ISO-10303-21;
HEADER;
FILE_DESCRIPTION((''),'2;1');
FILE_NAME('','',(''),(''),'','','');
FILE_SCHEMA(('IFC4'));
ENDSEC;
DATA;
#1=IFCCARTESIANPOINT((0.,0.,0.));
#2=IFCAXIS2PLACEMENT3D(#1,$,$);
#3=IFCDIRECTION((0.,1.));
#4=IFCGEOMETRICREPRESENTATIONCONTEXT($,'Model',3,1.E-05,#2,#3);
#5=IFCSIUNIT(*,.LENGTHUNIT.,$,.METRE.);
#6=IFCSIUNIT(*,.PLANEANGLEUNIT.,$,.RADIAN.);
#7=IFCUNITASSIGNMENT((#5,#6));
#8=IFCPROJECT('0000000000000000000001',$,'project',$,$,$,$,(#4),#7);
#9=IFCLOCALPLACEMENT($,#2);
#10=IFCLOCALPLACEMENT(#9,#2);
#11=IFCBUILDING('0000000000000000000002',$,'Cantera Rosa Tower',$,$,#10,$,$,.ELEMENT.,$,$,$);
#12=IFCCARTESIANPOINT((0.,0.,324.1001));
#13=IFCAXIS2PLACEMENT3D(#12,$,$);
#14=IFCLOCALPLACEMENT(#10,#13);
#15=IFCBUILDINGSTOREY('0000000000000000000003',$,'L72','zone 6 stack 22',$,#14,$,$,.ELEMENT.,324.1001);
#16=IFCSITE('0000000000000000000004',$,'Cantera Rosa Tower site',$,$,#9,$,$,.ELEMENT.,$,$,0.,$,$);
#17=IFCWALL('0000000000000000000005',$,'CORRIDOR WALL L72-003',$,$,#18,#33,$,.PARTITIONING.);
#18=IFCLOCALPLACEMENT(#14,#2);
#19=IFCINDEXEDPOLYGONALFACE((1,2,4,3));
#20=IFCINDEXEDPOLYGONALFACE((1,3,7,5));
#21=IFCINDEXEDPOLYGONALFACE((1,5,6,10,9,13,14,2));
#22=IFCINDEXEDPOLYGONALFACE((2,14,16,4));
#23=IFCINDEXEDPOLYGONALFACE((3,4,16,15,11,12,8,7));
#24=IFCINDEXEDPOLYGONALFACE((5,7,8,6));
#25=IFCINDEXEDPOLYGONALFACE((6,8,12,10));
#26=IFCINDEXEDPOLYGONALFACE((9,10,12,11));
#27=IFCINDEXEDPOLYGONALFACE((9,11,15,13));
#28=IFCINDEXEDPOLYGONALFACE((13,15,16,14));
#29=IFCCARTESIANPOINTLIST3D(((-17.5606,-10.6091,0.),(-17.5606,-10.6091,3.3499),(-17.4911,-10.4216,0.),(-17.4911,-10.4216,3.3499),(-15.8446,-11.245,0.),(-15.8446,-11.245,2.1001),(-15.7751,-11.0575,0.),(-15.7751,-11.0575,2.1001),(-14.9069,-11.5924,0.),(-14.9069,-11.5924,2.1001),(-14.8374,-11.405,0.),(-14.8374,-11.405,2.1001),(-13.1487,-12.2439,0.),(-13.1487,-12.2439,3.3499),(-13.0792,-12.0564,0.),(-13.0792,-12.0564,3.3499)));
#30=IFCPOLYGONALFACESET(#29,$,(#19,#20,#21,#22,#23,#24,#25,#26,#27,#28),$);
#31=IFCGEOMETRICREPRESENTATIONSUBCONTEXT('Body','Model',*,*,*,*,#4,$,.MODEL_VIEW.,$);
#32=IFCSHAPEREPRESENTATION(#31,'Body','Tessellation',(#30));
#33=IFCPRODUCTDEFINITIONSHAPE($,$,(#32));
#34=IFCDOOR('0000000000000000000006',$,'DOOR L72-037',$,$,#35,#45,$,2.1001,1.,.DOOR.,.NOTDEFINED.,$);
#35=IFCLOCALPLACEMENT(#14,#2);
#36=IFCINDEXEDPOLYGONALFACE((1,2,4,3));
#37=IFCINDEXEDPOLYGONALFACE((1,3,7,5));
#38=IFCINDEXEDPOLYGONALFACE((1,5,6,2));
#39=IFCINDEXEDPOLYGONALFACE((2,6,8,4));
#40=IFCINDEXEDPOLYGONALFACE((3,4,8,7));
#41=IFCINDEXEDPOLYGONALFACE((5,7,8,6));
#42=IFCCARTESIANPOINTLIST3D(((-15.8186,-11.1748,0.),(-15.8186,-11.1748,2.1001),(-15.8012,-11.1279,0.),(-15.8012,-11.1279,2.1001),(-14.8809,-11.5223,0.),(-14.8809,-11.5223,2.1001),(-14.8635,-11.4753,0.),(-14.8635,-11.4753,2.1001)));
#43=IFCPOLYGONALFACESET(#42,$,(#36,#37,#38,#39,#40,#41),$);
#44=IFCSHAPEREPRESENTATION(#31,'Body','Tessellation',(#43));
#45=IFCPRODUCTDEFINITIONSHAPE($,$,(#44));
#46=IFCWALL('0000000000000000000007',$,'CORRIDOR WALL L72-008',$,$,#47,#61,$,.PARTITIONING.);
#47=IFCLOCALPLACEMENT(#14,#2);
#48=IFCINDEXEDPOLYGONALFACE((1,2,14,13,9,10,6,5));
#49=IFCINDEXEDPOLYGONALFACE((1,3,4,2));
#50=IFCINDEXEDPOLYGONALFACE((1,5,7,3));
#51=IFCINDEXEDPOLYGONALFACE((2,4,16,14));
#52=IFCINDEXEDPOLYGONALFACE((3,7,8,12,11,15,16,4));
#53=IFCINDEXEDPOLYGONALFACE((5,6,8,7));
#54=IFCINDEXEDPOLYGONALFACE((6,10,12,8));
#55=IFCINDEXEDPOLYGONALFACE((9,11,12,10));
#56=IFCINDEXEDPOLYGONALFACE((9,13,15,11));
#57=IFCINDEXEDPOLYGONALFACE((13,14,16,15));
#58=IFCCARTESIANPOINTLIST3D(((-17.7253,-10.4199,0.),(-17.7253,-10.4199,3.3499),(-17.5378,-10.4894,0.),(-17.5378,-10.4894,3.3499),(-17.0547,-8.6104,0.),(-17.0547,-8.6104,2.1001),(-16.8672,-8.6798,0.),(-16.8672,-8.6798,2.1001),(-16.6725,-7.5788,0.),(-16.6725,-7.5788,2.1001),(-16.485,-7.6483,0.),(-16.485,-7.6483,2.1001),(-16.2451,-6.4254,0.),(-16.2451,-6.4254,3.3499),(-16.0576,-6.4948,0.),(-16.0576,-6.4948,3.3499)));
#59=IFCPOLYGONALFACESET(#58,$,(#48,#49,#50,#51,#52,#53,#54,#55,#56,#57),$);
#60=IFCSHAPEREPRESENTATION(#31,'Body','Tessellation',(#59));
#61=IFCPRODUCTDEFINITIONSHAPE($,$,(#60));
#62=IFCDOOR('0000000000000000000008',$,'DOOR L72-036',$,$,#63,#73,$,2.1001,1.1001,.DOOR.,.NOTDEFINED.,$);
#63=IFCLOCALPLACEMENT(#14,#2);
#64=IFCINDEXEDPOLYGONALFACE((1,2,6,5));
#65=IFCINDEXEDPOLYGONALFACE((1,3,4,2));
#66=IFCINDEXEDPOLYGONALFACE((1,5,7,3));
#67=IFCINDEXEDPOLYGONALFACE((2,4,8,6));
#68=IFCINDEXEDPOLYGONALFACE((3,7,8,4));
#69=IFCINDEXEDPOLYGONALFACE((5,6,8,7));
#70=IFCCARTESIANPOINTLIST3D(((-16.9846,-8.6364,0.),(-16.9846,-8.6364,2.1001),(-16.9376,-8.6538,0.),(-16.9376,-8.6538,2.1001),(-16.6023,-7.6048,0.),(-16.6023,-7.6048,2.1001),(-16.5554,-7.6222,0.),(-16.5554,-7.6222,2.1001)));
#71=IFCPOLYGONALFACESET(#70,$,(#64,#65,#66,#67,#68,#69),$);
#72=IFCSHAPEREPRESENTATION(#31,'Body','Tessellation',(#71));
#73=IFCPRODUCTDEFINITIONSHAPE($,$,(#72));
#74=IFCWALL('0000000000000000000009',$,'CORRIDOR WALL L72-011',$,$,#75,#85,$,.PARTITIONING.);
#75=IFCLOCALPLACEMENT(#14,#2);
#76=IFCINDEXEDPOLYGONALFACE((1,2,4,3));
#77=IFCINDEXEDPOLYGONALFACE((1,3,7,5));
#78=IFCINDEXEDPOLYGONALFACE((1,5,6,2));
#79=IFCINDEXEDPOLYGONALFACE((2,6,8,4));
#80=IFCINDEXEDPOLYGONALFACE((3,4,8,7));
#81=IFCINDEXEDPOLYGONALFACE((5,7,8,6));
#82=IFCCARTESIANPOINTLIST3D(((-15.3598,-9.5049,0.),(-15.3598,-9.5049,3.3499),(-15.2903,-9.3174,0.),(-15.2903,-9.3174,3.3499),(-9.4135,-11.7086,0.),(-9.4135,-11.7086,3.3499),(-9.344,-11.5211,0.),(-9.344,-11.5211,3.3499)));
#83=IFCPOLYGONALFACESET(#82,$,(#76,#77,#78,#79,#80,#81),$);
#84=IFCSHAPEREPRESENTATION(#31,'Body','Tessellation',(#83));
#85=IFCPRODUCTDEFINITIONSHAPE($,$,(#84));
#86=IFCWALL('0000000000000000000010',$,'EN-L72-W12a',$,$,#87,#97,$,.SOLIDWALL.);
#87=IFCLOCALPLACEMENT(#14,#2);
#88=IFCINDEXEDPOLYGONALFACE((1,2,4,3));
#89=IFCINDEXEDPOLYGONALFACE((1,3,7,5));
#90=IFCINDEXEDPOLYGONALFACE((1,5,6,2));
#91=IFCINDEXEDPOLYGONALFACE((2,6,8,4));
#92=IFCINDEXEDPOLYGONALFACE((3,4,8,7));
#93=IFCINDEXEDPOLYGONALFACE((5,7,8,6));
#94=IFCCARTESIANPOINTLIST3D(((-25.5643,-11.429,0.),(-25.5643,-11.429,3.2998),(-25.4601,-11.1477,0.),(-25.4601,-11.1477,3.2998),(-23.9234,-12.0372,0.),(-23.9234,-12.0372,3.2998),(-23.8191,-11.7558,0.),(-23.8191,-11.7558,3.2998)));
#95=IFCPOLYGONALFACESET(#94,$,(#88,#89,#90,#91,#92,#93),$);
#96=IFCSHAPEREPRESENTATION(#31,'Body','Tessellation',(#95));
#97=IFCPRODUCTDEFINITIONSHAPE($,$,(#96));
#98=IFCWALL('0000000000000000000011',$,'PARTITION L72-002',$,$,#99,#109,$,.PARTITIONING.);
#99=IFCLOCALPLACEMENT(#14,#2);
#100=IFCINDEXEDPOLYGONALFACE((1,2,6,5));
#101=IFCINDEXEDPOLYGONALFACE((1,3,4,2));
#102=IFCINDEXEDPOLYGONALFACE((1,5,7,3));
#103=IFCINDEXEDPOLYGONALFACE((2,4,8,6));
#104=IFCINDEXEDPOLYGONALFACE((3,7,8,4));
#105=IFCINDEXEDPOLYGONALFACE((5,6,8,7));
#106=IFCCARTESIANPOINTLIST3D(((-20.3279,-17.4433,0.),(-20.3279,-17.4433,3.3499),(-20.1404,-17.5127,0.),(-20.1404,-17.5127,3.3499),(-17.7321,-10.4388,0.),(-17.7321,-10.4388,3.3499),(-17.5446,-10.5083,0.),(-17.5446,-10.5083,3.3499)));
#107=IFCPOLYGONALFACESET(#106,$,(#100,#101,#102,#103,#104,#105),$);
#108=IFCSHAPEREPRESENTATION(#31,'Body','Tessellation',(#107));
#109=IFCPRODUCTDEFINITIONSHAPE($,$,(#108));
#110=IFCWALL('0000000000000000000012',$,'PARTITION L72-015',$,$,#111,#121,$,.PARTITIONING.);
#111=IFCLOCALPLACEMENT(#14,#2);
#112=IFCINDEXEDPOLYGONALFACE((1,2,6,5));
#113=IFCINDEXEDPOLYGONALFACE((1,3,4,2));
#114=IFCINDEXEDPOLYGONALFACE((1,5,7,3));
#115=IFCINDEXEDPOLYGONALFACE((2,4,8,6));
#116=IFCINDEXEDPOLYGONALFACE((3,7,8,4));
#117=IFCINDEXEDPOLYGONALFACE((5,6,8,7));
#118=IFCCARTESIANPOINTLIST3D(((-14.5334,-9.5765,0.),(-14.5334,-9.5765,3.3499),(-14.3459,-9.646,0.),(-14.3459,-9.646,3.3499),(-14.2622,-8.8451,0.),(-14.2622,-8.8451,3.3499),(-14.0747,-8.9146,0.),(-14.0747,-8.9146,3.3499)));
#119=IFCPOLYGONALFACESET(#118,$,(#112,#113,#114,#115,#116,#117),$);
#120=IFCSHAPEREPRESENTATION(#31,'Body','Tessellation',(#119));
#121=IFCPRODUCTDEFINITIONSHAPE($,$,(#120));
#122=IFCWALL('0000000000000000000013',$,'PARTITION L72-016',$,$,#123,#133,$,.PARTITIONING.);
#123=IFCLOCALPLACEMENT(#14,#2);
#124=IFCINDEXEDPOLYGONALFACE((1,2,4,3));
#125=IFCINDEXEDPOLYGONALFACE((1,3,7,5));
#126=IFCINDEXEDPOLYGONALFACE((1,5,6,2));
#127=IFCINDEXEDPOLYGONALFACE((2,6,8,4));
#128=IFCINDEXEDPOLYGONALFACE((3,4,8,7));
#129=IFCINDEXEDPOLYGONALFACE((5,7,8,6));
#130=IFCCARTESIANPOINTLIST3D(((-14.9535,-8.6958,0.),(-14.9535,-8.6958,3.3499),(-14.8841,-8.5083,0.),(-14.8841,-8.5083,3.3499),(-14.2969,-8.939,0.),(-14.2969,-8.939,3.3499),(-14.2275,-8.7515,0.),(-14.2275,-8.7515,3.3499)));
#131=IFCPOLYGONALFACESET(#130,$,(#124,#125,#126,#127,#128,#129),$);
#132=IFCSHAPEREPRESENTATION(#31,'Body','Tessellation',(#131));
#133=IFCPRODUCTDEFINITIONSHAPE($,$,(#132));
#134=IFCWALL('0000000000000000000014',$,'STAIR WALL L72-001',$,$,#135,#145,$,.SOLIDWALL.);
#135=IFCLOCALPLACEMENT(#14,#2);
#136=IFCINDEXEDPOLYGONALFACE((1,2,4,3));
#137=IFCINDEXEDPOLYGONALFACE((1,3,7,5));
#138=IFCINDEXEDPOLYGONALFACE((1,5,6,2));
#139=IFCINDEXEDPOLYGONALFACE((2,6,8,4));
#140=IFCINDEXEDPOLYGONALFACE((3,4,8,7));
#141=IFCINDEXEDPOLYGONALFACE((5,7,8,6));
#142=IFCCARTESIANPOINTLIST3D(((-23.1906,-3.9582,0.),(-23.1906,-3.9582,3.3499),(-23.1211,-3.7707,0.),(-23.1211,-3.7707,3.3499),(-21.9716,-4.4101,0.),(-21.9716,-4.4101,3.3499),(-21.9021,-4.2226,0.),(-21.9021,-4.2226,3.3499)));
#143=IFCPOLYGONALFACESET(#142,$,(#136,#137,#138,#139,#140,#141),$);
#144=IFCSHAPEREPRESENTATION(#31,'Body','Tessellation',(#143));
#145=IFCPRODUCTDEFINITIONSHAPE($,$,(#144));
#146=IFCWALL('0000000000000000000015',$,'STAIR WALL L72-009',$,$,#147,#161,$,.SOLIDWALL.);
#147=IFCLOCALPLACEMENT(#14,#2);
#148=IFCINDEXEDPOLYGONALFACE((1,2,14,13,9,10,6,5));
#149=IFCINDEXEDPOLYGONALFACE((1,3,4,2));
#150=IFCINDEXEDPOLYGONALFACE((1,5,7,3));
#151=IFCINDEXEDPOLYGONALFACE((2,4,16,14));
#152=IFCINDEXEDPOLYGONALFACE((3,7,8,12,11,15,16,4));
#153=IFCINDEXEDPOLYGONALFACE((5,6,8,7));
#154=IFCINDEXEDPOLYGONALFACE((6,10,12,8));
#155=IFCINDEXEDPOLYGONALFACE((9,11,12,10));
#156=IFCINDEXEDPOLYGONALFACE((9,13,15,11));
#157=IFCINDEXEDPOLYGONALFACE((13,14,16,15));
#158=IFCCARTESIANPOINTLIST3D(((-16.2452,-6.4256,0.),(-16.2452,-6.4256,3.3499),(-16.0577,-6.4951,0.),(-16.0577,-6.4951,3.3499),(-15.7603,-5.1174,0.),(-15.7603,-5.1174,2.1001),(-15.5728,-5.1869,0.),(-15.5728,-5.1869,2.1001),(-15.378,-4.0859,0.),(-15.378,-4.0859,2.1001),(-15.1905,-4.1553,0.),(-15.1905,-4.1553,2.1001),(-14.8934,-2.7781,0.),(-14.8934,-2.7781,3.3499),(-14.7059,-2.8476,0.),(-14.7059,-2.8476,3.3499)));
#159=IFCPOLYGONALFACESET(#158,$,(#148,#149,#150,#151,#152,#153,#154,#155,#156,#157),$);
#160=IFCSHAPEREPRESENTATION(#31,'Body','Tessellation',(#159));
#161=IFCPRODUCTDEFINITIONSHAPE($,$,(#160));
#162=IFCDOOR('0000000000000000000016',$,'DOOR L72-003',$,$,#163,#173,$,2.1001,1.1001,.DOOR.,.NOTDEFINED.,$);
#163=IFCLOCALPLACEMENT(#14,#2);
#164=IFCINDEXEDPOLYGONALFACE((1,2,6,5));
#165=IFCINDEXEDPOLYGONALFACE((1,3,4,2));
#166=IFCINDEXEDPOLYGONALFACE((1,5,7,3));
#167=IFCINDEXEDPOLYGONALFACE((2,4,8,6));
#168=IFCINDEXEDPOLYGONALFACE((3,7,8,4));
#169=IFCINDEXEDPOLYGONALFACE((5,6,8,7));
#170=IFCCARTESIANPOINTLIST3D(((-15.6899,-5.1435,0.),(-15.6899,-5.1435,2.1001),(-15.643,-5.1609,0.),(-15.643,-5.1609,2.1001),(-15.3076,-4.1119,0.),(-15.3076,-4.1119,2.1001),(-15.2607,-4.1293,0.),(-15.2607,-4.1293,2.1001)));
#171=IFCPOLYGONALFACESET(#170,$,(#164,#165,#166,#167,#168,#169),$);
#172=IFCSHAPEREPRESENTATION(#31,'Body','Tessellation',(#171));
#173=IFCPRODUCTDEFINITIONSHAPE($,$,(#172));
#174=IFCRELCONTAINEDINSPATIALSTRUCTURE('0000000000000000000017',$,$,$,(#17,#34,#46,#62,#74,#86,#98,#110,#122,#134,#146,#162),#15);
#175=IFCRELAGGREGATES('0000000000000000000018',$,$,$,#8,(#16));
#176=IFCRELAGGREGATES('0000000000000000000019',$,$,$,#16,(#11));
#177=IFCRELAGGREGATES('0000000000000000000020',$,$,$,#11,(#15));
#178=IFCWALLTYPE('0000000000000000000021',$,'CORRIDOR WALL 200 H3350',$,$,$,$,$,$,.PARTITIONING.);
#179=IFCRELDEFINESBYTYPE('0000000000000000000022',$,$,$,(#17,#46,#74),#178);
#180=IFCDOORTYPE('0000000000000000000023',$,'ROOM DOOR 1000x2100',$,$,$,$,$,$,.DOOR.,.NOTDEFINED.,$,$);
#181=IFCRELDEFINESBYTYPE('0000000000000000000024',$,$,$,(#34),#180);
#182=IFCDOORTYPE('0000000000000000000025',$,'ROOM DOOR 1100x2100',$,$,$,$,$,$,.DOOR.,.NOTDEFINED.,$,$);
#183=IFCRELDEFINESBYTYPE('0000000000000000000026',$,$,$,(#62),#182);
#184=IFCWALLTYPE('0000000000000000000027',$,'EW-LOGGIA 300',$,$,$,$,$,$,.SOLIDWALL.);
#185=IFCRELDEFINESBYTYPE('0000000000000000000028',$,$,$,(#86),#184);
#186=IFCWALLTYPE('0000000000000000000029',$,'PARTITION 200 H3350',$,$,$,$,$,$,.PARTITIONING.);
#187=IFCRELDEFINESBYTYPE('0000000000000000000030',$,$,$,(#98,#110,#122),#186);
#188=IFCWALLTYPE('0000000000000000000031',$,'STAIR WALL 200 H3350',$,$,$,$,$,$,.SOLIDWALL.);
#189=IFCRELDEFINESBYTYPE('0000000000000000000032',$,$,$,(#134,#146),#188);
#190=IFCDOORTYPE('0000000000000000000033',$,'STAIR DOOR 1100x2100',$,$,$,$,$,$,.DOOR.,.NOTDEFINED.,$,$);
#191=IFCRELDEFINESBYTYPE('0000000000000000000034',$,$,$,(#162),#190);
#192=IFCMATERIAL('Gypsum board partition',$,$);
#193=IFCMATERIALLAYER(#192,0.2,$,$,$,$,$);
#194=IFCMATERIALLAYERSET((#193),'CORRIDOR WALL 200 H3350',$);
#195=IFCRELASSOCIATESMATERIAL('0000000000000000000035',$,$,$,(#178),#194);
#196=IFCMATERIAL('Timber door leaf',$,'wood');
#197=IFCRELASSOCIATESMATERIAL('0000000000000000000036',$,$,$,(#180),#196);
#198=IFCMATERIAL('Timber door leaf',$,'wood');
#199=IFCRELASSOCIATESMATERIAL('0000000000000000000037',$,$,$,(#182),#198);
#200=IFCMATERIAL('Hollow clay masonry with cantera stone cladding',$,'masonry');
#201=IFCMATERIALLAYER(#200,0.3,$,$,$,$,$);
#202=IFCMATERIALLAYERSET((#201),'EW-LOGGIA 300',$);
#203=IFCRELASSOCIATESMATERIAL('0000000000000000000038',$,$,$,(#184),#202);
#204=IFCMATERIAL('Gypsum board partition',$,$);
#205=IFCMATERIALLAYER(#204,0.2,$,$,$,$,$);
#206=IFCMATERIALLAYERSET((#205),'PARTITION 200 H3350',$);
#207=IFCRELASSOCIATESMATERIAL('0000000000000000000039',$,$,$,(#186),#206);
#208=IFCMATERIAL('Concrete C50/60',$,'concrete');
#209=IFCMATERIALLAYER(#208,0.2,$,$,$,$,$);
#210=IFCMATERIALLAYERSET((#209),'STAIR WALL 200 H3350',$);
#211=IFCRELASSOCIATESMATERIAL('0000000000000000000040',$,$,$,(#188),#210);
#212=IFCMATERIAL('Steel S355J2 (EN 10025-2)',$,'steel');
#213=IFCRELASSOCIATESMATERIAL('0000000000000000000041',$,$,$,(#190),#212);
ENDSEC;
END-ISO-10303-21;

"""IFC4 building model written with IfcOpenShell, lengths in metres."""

from ifc_helpers import new_model, si_unit, direction, frame, frame_2d, origin, place, context, subcontext, project, spatial, rectangle, extrude, material, layer, layer_set, type_object, element, fill, save


model = new_model("IFC4")

# Units and contexts
model_context = context("Model", 3, precision=1e-05, world=origin(), true_north=direction((0.0, 1.0)))
body_context = subcontext(model_context, "Body", "Model", "MODEL_VIEW")
ifc_project = project(units=[si_unit("LENGTHUNIT", "METRE"), si_unit("PLANEANGLEUNIT", "RADIAN")], contexts=[model_context])

# Site, building, storey
site_placement = place(None, origin())
site = spatial("IfcSite", under=ifc_project, at=site_placement, Name="Cantera Rosa Tower site", CompositionType="ELEMENT", RefElevation=0.0)
building_placement = place(site_placement, origin())
building = spatial("IfcBuilding", under=site, at=building_placement, Name="Cantera Rosa Tower", CompositionType="ELEMENT")
storey_placement = place(building_placement, frame((0.0, 0.0, 324.1001)))
storey = spatial("IfcBuildingStorey", under=building, at=storey_placement, Name="L72", Description="zone 6 stack 22", CompositionType="ELEMENT", Elevation=324.1001)

# Walls, openings, doors
ifc_material_1 = material(Name="Gypsum board partition")
ifc_layer_1 = layer(ifc_material_1, 0.2)
ifc_layer_set_1 = layer_set([ifc_layer_1], Name="CORRIDOR WALL 200 H3350")
wall_type_1 = type_object("IfcWallType", Name="CORRIDOR WALL 200 H3350", PredefinedType="PARTITIONING", material=ifc_layer_set_1)
wall_1_placement = place(storey_placement, frame((-17.5259, -10.5154, 0.0), z_axis=(0.0, 0.0, 1.0), x_axis=(0.937697, -0.347453, 0.0)))
wall_1 = element("IfcWall", 1, at=wall_1_placement, inside=storey, type_object=wall_type_1, Name="CORRIDOR WALL L72-003", PredefinedType="PARTITIONING", context=body_context, shape_type="SweptSolid", body=[
    extrude(rectangle(XDim=4.7051, YDim=0.2, at=frame_2d((2.3525, 0.0))), origin(), (0.0, 0.0, 1.0), 3.3499),
])
opening_1_placement = place(wall_1_placement, frame((1.8301, 0.0, 0.0)))
opening_1 = element("IfcOpeningElement", 2, at=opening_1_placement, cuts=wall_1, PredefinedType="OPENING", context=body_context, shape_type="SweptSolid", body=[
    extrude(rectangle(XDim=1.0, YDim=2.1001, at=frame_2d((0.5, 1.05))), frame((0.0, 0.1099, 0.0), z_axis=(0.0, -1.0, 0.0), x_axis=(1.0, 0.0, 0.0)), (0.0, 0.0, 1.0), 0.22),
])
ifc_material_2 = material(Name="Timber door leaf", Category="wood")
door_type_1 = type_object("IfcDoorType", Name="ROOM DOOR 1000x2100", OperationType="NOTDEFINED", PredefinedType="DOOR", material=ifc_material_2)
door_1_placement = place(opening_1_placement, origin())
door_1 = element("IfcDoor", 3, at=door_1_placement, inside=storey, type_object=door_type_1, Name="DOOR L72-037", OperationType="NOTDEFINED", OverallHeight=2.1001, OverallWidth=1.0, PredefinedType="DOOR", context=body_context, shape_type="SweptSolid", body=[
    extrude(rectangle(XDim=1.0, YDim=2.1001, at=frame_2d((0.5, 1.05))), frame((0.0, 0.0249, 0.0), z_axis=(0.0, -1.0, 0.0), x_axis=(1.0, 0.0, 0.0)), (0.0, 0.0, 1.0), 0.05),
])
fill(opening_1, door_1)
wall_2_placement = place(storey_placement, frame((-16.1514, -6.4602, 0.0), z_axis=(0.0, 0.0, 1.0), x_axis=(-0.347466, -0.937693, 0.0)))
wall_2 = element("IfcWall", 4, at=wall_2_placement, inside=storey, type_object=wall_type_1, Name="CORRIDOR WALL L72-008", PredefinedType="PARTITIONING", context=body_context, shape_type="SweptSolid", body=[
    extrude(rectangle(XDim=4.26, YDim=0.2, at=frame_2d((2.1299, 0.0))), origin(), (0.0, 0.0, 1.0), 3.3499),
])
opening_2_placement = place(wall_2_placement, frame((1.23, 0.0, 0.0)))
opening_2 = element("IfcOpeningElement", 5, at=opening_2_placement, cuts=wall_2, PredefinedType="OPENING", context=body_context, shape_type="SweptSolid", body=[
    extrude(rectangle(XDim=1.1001, YDim=2.1001, at=frame_2d((0.55, 1.05))), frame((0.0, 0.1099, 0.0), z_axis=(0.0, -1.0, 0.0), x_axis=(1.0, 0.0, 0.0)), (0.0, 0.0, 1.0), 0.22),
])
ifc_material_3 = material(Name="Timber door leaf", Category="wood")
door_type_2 = type_object("IfcDoorType", Name="ROOM DOOR 1100x2100", OperationType="NOTDEFINED", PredefinedType="DOOR", material=ifc_material_3)
door_2_placement = place(opening_2_placement, origin())
door_2 = element("IfcDoor", 6, at=door_2_placement, inside=storey, type_object=door_type_2, Name="DOOR L72-036", OperationType="NOTDEFINED", OverallHeight=2.1001, OverallWidth=1.1001, PredefinedType="DOOR", context=body_context, shape_type="SweptSolid", body=[
    extrude(rectangle(XDim=1.1001, YDim=2.1001, at=frame_2d((0.55, 1.05))), frame((0.0, 0.0249, 0.0), z_axis=(0.0, -1.0, 0.0), x_axis=(1.0, 0.0, 0.0)), (0.0, 0.0, 1.0), 0.05),
])
fill(opening_2, door_2)

# Walls
wall_3_placement = place(storey_placement, frame((-15.3252, -9.4111, 0.0), z_axis=(0.0, 0.0, 1.0), x_axis=(0.937683, -0.347492, 0.0)))
element("IfcWall", 7, at=wall_3_placement, inside=storey, type_object=wall_type_1, Name="CORRIDOR WALL L72-011", PredefinedType="PARTITIONING", context=body_context, shape_type="SweptSolid", body=[
    extrude(rectangle(XDim=6.3416, YDim=0.2, at=frame_2d((3.1709, 0.0))), origin(), (0.0, 0.0, 1.0), 3.3499),
])
ifc_material_4 = material(Name="Hollow clay masonry with cantera stone cladding", Category="masonry")
ifc_layer_2 = layer(ifc_material_4, 0.3)
ifc_layer_set_2 = layer_set([ifc_layer_2], Name="EW-LOGGIA 300")
wall_type_2 = type_object("IfcWallType", Name="EW-LOGGIA 300", PredefinedType="SOLIDWALL", material=ifc_layer_set_2)
wall_4_placement = place(storey_placement, frame((-25.5122, -11.2883, 0.0), z_axis=(0.0, 0.0, 1.0), x_axis=(0.93767, -0.347528, 0.0)))
element("IfcWall", 8, at=wall_4_placement, inside=storey, type_object=wall_type_2, Name="EN-L72-W12a", PredefinedType="SOLIDWALL", context=body_context, shape_type="SweptSolid", body=[
    extrude(rectangle(XDim=1.75, YDim=0.3, at=frame_2d((0.875, 0.0))), origin(), (0.0, 0.0, 1.0), 3.2998),
])

# Walls
ifc_material_5 = material(Name="Gypsum board partition")
ifc_layer_3 = layer(ifc_material_5, 0.2)
ifc_layer_set_3 = layer_set([ifc_layer_3], Name="PARTITION 200 H3350")
wall_type_3 = type_object("IfcWallType", Name="PARTITION 200 H3350", PredefinedType="PARTITIONING", material=ifc_layer_set_3)
wall_5_placement = place(storey_placement, frame((-17.6384, -10.4736, 0.0), z_axis=(0.0, 0.0, 1.0), x_axis=(-0.347489, -0.937684, 0.0)))
element("IfcWall", 9, at=wall_5_placement, inside=storey, type_object=wall_type_3, Name="PARTITION L72-002", PredefinedType="PARTITIONING", context=body_context, shape_type="SweptSolid", body=[
    extrude(rectangle(XDim=7.47, YDim=0.2, at=frame_2d((3.7349, 0.0))), origin(), (0.0, 0.0, 1.0), 3.3499),
])
wall_6_placement = place(storey_placement, frame((-14.4397, -9.6113, 0.0), z_axis=(0.0, 0.0, 1.0), x_axis=(0.347691, 0.937609, 0.0)))
element("IfcWall", 10, at=wall_6_placement, inside=storey, type_object=wall_type_3, Name="PARTITION L72-015", PredefinedType="PARTITIONING", context=body_context, shape_type="SweptSolid", body=[
    extrude(rectangle(XDim=0.78, YDim=0.2, at=frame_2d((0.3901, 0.0))), origin(), (0.0, 0.0, 1.0), 3.3499),
])
wall_7_placement = place(storey_placement, frame((-14.2622, -8.8452, 0.0), z_axis=(0.0, 0.0, 1.0), x_axis=(-0.93774, 0.347337, 0.0)))
element("IfcWall", 11, at=wall_7_placement, inside=storey, type_object=wall_type_3, Name="PARTITION L72-016", PredefinedType="PARTITIONING", context=body_context, shape_type="SweptSolid", body=[
    extrude(rectangle(XDim=0.7002, YDim=0.2, at=frame_2d((0.3501, 0.0))), origin(), (0.0, 0.0, 1.0), 3.3499),
])
ifc_material_6 = material(Name="Concrete C50/60", Category="concrete")
ifc_layer_4 = layer(ifc_material_6, 0.2)
ifc_layer_set_4 = layer_set([ifc_layer_4], Name="STAIR WALL 200 H3350")
wall_type_4 = type_object("IfcWallType", Name="STAIR WALL 200 H3350", PredefinedType="SOLIDWALL", material=ifc_layer_set_4)
wall_8_placement = place(storey_placement, frame((-23.1558, -3.8645, 0.0), z_axis=(0.0, 0.0, 1.0), x_axis=(0.937642, -0.347602, 0.0)))
element("IfcWall", 12, at=wall_8_placement, inside=storey, type_object=wall_type_4, Name="STAIR WALL L72-001", PredefinedType="SOLIDWALL", context=body_context, shape_type="SweptSolid", body=[
    extrude(rectangle(XDim=1.3, YDim=0.2, at=frame_2d((0.6499, 0.0))), origin(), (0.0, 0.0, 1.0), 3.3499),
])

# Wall, opening, door
wall_9_placement = place(storey_placement, frame((-16.1514, -6.4602, 0.0), z_axis=(0.0, 0.0, 1.0), x_axis=(0.347517, 0.937674, 0.0)))
wall_9 = element("IfcWall", 13, at=wall_9_placement, inside=storey, type_object=wall_type_4, Name="STAIR WALL L72-009", PredefinedType="SOLIDWALL", context=body_context, shape_type="SweptSolid", body=[
    extrude(rectangle(XDim=3.8899, YDim=0.2, at=frame_2d((1.9448, 0.0))), origin(), (0.0, 0.0, 1.0), 3.3499),
])
opening_3_placement = place(wall_9_placement, frame((1.395, 0.0, 0.0)))
opening_3 = element("IfcOpeningElement", 14, at=opening_3_placement, cuts=wall_9, PredefinedType="OPENING", context=body_context, shape_type="SweptSolid", body=[
    extrude(rectangle(XDim=1.1001, YDim=2.1001, at=frame_2d((0.55, 1.05))), frame((0.0, 0.1099, 0.0), z_axis=(0.0, -1.0, 0.0), x_axis=(1.0, 0.0, 0.0)), (0.0, 0.0, 1.0), 0.22),
])
ifc_material_7 = material(Name="Steel S355J2 (EN 10025-2)", Category="steel")
door_type_3 = type_object("IfcDoorType", Name="STAIR DOOR 1100x2100", OperationType="NOTDEFINED", PredefinedType="DOOR", material=ifc_material_7)
door_3_placement = place(opening_3_placement, origin())
door_3 = element("IfcDoor", 15, at=door_3_placement, inside=storey, type_object=door_type_3, Name="DOOR L72-003", OperationType="NOTDEFINED", OverallHeight=2.1001, OverallWidth=1.1001, PredefinedType="DOOR", context=body_context, shape_type="SweptSolid", body=[
    extrude(rectangle(XDim=1.1001, YDim=2.1001, at=frame_2d((0.55, 1.05))), frame((0.0, 0.0249, 0.0), z_axis=(0.0, -1.0, 0.0), x_axis=(1.0, 0.0, 0.0)), (0.0, 0.0, 1.0), 0.05),
])
fill(opening_3, door_3)

save(model, "model.ifc")
